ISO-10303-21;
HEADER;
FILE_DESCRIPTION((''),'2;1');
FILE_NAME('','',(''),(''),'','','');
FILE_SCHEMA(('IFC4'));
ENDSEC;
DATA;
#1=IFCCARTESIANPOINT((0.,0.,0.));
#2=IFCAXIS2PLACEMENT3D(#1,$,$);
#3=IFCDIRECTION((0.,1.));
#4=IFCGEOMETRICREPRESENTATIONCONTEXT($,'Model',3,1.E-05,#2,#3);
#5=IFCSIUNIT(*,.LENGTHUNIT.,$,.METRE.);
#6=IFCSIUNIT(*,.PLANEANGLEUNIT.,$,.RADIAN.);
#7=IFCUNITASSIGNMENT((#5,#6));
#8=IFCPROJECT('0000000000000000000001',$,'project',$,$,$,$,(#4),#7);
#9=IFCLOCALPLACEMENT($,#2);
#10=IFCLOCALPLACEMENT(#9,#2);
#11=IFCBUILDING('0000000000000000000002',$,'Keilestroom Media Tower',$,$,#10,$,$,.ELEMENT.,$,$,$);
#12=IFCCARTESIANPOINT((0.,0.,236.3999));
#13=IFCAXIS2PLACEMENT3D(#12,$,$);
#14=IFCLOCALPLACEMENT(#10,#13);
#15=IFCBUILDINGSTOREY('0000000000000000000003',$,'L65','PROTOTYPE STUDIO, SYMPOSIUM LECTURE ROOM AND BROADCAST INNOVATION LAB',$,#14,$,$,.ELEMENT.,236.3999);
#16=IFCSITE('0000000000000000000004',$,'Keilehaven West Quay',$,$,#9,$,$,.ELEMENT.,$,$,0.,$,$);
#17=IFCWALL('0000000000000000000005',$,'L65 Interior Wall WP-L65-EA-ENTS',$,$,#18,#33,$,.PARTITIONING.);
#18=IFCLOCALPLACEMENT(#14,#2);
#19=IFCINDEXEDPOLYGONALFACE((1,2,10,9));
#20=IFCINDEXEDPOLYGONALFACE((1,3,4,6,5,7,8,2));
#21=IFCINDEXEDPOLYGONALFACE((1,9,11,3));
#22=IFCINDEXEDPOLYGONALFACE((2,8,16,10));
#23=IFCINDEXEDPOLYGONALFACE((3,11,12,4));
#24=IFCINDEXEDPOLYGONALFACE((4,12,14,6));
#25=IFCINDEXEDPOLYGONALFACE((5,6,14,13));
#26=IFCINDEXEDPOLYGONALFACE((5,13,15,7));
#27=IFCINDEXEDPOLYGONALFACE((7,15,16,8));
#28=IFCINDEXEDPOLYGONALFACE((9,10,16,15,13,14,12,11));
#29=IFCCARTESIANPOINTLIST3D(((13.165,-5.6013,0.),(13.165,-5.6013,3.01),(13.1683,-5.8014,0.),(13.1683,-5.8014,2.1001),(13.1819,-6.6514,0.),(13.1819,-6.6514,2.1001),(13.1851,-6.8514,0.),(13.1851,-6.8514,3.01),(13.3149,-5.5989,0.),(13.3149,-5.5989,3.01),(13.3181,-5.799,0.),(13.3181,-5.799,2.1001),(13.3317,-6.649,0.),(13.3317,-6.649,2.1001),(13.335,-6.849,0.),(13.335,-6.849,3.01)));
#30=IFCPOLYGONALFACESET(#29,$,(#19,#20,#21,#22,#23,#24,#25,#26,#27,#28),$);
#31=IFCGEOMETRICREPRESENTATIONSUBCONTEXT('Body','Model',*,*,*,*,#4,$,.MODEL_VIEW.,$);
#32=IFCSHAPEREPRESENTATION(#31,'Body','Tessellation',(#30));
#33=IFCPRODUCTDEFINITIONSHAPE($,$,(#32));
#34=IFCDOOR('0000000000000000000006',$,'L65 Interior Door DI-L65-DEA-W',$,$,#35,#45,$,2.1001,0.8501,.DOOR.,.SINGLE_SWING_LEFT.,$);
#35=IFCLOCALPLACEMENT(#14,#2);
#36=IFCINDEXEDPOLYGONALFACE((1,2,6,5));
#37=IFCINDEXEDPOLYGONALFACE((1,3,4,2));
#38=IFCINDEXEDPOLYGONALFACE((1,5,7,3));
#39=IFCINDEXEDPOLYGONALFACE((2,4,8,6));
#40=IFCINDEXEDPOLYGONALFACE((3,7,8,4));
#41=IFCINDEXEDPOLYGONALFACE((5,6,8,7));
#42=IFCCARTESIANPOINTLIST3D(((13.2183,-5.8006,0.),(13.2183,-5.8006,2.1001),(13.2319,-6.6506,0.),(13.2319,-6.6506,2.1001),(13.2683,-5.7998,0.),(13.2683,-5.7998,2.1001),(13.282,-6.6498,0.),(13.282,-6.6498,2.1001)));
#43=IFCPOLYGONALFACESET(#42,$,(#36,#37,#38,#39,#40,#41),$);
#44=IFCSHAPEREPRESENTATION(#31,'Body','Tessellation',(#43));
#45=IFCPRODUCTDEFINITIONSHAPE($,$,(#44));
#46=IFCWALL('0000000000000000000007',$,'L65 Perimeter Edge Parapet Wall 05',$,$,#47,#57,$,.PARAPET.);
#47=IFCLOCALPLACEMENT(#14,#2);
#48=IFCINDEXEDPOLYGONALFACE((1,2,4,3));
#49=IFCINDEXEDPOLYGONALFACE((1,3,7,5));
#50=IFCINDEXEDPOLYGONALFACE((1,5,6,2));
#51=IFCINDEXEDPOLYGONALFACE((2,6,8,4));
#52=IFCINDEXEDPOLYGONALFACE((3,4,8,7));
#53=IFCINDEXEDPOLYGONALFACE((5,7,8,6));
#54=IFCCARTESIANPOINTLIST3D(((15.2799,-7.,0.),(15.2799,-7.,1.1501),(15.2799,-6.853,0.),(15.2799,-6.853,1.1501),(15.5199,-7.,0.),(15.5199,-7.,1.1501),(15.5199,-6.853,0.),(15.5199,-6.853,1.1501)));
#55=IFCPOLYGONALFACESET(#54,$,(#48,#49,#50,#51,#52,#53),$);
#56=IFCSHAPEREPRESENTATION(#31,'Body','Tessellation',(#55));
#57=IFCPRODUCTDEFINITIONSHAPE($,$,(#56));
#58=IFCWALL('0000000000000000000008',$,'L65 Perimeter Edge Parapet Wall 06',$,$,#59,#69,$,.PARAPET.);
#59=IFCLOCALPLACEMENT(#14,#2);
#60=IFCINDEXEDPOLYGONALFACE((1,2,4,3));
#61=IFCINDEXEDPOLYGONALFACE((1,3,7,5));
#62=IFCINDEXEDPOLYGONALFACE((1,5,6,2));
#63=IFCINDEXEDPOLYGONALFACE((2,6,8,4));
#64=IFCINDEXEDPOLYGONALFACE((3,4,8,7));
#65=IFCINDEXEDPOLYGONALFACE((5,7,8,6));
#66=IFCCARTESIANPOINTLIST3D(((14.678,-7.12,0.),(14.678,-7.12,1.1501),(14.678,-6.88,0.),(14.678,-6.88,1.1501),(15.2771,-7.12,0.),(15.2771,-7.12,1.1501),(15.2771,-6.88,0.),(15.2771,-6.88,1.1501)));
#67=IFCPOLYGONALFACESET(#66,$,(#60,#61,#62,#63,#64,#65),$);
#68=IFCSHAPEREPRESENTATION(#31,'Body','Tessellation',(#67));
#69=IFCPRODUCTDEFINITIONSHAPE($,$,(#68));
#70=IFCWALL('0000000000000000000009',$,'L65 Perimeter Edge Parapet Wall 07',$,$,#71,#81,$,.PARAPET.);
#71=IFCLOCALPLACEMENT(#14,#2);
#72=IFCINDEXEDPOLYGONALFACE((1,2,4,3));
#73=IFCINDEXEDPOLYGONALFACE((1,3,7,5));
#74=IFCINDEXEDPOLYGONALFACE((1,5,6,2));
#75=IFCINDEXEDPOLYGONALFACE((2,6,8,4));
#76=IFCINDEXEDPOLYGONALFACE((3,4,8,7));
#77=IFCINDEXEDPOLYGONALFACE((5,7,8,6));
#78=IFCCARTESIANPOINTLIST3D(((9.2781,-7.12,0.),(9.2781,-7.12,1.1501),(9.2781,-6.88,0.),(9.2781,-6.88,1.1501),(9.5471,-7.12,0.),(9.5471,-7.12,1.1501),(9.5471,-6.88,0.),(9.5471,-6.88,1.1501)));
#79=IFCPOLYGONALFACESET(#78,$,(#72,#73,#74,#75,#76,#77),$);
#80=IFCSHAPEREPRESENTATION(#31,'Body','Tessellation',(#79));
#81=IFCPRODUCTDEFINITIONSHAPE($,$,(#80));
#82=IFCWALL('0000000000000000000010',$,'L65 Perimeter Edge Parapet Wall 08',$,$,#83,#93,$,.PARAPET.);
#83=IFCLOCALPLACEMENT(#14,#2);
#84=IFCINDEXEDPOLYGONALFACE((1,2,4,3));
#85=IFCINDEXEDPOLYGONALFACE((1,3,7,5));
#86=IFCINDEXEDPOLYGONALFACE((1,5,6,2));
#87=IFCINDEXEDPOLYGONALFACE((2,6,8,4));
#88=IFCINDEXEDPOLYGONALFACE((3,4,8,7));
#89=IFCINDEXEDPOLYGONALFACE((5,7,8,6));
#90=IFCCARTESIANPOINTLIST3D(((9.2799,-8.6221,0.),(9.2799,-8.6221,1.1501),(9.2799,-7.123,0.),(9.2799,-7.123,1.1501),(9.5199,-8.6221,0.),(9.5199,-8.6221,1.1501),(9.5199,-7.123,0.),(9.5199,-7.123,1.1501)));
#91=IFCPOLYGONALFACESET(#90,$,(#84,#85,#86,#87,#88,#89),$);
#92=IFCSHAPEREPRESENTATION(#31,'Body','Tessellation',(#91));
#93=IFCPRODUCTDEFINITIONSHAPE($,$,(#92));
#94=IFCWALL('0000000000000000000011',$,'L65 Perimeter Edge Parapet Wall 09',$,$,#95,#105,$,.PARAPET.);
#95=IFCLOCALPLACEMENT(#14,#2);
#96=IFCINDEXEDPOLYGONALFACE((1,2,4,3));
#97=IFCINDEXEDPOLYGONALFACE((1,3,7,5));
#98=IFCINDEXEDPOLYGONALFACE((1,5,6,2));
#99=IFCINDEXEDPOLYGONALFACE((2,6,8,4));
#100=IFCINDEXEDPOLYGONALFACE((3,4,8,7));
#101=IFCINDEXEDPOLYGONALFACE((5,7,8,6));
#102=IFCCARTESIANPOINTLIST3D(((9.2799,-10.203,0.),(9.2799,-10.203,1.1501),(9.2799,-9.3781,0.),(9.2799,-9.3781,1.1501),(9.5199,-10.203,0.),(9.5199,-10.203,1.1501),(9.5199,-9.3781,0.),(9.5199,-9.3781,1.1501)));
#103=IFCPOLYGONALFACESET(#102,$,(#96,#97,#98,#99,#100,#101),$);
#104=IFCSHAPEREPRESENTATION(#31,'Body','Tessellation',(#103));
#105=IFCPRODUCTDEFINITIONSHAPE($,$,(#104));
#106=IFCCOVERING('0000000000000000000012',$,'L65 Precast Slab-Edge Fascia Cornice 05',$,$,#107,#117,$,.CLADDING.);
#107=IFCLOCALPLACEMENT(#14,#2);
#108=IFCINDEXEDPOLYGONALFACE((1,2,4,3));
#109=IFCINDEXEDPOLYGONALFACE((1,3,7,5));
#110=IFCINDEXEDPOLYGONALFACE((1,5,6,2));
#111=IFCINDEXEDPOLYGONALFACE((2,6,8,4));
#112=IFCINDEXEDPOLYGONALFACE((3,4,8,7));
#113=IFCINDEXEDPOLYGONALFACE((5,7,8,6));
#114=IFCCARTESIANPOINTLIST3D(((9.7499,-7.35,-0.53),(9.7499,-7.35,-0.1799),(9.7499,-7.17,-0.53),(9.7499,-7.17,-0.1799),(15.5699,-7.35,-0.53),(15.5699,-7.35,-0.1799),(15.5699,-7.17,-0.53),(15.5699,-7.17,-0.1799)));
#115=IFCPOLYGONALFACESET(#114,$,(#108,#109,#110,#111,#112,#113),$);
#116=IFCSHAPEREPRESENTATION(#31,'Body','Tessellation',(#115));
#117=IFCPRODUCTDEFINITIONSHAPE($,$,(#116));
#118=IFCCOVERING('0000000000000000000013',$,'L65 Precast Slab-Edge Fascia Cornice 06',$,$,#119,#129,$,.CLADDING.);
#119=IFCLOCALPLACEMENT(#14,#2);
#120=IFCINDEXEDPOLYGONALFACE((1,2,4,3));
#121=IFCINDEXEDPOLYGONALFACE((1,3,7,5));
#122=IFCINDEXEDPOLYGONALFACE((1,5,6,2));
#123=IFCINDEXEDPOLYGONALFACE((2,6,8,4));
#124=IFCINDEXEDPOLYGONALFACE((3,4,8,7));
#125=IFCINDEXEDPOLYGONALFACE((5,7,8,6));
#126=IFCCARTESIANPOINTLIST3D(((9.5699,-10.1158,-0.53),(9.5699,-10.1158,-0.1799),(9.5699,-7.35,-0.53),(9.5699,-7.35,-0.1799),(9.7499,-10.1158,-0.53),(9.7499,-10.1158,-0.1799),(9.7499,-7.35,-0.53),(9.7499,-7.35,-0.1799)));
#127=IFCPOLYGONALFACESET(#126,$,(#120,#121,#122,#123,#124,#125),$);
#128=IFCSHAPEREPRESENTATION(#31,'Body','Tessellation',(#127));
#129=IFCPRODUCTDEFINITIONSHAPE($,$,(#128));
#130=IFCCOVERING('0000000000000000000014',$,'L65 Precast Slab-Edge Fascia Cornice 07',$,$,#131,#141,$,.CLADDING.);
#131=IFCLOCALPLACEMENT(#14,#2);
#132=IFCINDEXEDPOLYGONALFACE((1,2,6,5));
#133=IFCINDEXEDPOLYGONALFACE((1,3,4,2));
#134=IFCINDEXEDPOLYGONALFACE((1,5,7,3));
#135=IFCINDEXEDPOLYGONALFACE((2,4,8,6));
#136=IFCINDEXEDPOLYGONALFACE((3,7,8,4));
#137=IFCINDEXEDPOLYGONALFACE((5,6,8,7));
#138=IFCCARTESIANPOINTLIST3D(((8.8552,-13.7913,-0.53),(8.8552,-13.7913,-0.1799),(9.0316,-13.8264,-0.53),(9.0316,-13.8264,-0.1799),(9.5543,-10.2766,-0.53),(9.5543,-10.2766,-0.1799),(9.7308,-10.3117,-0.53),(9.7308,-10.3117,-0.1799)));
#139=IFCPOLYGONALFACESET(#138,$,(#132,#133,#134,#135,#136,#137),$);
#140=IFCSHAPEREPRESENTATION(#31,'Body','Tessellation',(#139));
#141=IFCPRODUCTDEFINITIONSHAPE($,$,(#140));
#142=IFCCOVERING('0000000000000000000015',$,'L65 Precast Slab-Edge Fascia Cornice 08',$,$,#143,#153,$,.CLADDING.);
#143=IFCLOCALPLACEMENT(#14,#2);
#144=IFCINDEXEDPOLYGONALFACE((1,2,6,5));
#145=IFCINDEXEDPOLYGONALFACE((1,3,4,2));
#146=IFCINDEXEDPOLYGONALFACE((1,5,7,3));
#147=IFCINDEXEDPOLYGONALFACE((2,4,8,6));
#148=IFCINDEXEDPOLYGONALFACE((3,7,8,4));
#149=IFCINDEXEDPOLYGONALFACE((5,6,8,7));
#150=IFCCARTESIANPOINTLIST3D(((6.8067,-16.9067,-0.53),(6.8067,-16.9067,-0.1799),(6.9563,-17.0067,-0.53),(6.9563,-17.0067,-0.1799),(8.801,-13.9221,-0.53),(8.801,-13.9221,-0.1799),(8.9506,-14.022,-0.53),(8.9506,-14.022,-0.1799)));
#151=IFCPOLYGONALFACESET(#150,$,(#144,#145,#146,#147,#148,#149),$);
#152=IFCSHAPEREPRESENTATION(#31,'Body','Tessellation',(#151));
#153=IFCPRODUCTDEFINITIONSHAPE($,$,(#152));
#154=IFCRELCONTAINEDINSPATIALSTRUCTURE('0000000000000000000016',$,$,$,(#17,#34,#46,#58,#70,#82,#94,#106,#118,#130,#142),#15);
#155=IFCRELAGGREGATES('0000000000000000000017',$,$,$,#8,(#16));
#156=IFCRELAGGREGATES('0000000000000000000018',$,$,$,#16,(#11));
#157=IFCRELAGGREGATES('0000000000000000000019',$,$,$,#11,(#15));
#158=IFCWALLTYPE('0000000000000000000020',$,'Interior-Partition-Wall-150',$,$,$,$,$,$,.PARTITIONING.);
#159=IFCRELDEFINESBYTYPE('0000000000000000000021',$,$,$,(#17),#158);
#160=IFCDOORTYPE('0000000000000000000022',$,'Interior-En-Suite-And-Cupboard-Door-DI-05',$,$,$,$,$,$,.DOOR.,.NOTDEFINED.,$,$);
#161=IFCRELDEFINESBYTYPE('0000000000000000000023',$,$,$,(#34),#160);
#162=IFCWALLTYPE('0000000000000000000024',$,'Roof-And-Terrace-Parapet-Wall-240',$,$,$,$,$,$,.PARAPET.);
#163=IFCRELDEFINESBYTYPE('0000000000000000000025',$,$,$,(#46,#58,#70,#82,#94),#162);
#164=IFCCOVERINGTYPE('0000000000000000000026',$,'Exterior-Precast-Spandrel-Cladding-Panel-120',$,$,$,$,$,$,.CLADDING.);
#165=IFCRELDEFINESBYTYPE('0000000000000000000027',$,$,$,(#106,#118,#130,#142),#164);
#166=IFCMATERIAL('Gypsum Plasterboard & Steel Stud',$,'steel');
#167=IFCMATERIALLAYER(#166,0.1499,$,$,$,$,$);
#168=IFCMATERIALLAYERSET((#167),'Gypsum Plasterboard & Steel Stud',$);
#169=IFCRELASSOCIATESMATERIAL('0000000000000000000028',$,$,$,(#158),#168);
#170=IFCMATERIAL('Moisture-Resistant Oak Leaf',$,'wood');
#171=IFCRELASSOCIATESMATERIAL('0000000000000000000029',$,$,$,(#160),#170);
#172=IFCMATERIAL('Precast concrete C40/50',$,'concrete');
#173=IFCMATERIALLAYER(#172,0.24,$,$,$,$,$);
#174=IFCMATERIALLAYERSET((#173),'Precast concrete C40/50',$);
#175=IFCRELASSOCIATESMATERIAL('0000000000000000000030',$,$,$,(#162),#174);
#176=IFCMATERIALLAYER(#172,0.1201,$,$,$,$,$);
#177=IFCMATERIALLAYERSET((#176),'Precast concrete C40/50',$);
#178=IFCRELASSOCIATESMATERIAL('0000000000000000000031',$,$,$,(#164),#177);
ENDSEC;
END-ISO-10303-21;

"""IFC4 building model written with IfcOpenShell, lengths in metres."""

from ifc_helpers import new_model, si_unit, direction, frame, frame_2d, origin, origin_2d, place, context, subcontext, project, spatial, rectangle, extrude, source, transform, mapped, material, layer, layer_set, type_object, element, fill, save


model = new_model("IFC4")

# Units and contexts
model_context = context("Model", 3, precision=1e-05, world=origin(), true_north=direction((0.0, 1.0)))
body_context = subcontext(model_context, "Body", "Model", "MODEL_VIEW")
ifc_project = project(units=[si_unit("LENGTHUNIT", "METRE"), si_unit("PLANEANGLEUNIT", "RADIAN")], contexts=[model_context])

# Site, building, storey
site_placement = place(None, origin())
site = spatial("IfcSite", under=ifc_project, at=site_placement, Name="Keilehaven West Quay", CompositionType="ELEMENT", RefElevation=0.0)
building_placement = place(site_placement, origin())
building = spatial("IfcBuilding", under=site, at=building_placement, Name="Keilestroom Media Tower", CompositionType="ELEMENT")
storey_placement = place(building_placement, frame((0.0, 0.0, 236.3999)))
storey = spatial("IfcBuildingStorey", under=building, at=storey_placement, Name="L65", Description="PROTOTYPE STUDIO, SYMPOSIUM LECTURE ROOM AND BROADCAST INNOVATION LAB", CompositionType="ELEMENT", Elevation=236.3999)

# Shared definitions
ifc_material_1 = material(Name="Precast concrete C40/50", Category="concrete")

# Shared definitions
ifc_material_2 = material(Name="Gypsum Plasterboard & Steel Stud", Category="steel")

# Shared definitions
ifc_layer_1 = layer(ifc_material_2, 0.1499)
ifc_layer_set_1 = layer_set([ifc_layer_1], Name="Gypsum Plasterboard & Steel Stud")
wall_type_1 = type_object("IfcWallType", Name="Interior-Partition-Wall-150", PredefinedType="PARTITIONING", material=ifc_layer_set_1)

# Wall, opening, door
wall_1_placement = place(storey_placement, frame((13.26, -6.8501, 0.0), z_axis=(0.0, 0.0, 1.0), x_axis=(-0.016014, 0.999872, 0.0)))
wall_1 = element("IfcWall", 1, at=wall_1_placement, inside=storey, type_object=wall_type_1, Name="L65 Interior Wall WP-L65-EA-ENTS", PredefinedType="PARTITIONING", context=body_context, shape_type="SweptSolid", body=[
    extrude(rectangle(XDim=1.2502, YDim=0.1499, at=frame_2d((0.625, 0.0))), origin(), (0.0, 0.0, 1.0), 3.01),
])
opening_1_placement = place(wall_1_placement, frame((0.2, 0.0, 0.0)))
opening_1 = element("IfcOpeningElement", 2, at=opening_1_placement, cuts=wall_1, PredefinedType="OPENING", context=body_context, shape_type="SweptSolid", body=[
    extrude(rectangle(XDim=0.8501, YDim=2.1001, at=frame_2d((0.425, 1.05))), frame((0.0, 0.085, 0.0), z_axis=(0.0, -1.0, 0.0), x_axis=(1.0, 0.0, 0.0)), (0.0, 0.0, 1.0), 0.1699),
])
ifc_material_3 = material(Name="Moisture-Resistant Oak Leaf", Category="wood")
door_type_1 = type_object("IfcDoorType", Name="Interior-En-Suite-And-Cupboard-Door-DI-05", OperationType="NOTDEFINED", PredefinedType="DOOR", material=ifc_material_3)
shared_shape_1 = source(origin(), body_context, "Body", "SweptSolid", [
    extrude(rectangle(XDim=0.8501, YDim=2.1001, at=frame_2d((0.425, 1.05))), frame((0.0, 0.0249, 0.0), z_axis=(0.0, -1.0, 0.0), x_axis=(1.0, 0.0, 0.0)), (0.0, 0.0, 1.0), 0.05),
])
door_1_placement = place(opening_1_placement, origin())
door_1 = element("IfcDoor", 3, at=door_1_placement, inside=storey, type_object=door_type_1, Name="L65 Interior Door DI-L65-DEA-W", OperationType="SINGLE_SWING_LEFT", OverallHeight=2.1001, OverallWidth=0.8501, PredefinedType="DOOR", context=body_context, shape_type="MappedRepresentation", body=[
    mapped(shared_shape_1, transform((0.0, 0.0, 0.0), x_axis=(1.0, 0.0, 0.0), y_axis=(0.0, 1.0, 0.0), z_axis=(0.0, 0.0, 1.0), scale=1.0)),
])
fill(opening_1, door_1)

# Walls
ifc_layer_2 = layer(ifc_material_1, 0.24)
ifc_layer_set_2 = layer_set([ifc_layer_2], Name="Precast concrete C40/50")
wall_type_2 = type_object("IfcWallType", Name="Roof-And-Terrace-Parapet-Wall-240", PredefinedType="PARAPET", material=ifc_layer_set_2)
wall_2_placement = place(storey_placement, frame((15.3999, -6.853, 0.0), z_axis=(0.0, 0.0, 1.0), x_axis=(0.0, -1.0, 0.0)))
element("IfcWall", 4, at=wall_2_placement, inside=storey, type_object=wall_type_2, Name="L65 Perimeter Edge Parapet Wall 05", PredefinedType="PARAPET", context=body_context, shape_type="SweptSolid", body=[
    extrude(rectangle(XDim=0.147, YDim=0.24, at=frame_2d((0.0735, 0.0))), origin(), (0.0, 0.0, 1.0), 1.1501),
])
wall_3_placement = place(storey_placement, frame((15.2771, -7.0, 0.0), z_axis=(0.0, 0.0, 1.0), x_axis=(-1.0, 0.0, 0.0)))
element("IfcWall", 5, at=wall_3_placement, inside=storey, type_object=wall_type_2, Name="L65 Perimeter Edge Parapet Wall 06", PredefinedType="PARAPET", context=body_context, shape_type="SweptSolid", body=[
    extrude(rectangle(XDim=0.5991, YDim=0.24, at=frame_2d((0.2996, 0.0))), origin(), (0.0, 0.0, 1.0), 1.1501),
])
wall_4_placement = place(storey_placement, frame((9.5471, -7.0, 0.0), z_axis=(0.0, 0.0, 1.0), x_axis=(-1.0, 0.0, 0.0)))
element("IfcWall", 6, at=wall_4_placement, inside=storey, type_object=wall_type_2, Name="L65 Perimeter Edge Parapet Wall 07", PredefinedType="PARAPET", context=body_context, shape_type="SweptSolid", body=[
    extrude(rectangle(XDim=0.269, YDim=0.24, at=frame_2d((0.1345, 0.0))), origin(), (0.0, 0.0, 1.0), 1.1501),
])
wall_5_placement = place(storey_placement, frame((9.3999, -7.123, 0.0), z_axis=(0.0, 0.0, 1.0), x_axis=(0.0, -1.0, 0.0)))
element("IfcWall", 7, at=wall_5_placement, inside=storey, type_object=wall_type_2, Name="L65 Perimeter Edge Parapet Wall 08", PredefinedType="PARAPET", context=body_context, shape_type="SweptSolid", body=[
    extrude(rectangle(XDim=1.499, YDim=0.24, at=frame_2d((0.7495, 0.0))), origin(), (0.0, 0.0, 1.0), 1.1501),
])
wall_6_placement = place(storey_placement, frame((9.3999, -9.3779, 0.0), z_axis=(0.0, 0.0, 1.0), x_axis=(0.0, -1.0, 0.0)))
element("IfcWall", 8, at=wall_6_placement, inside=storey, type_object=wall_type_2, Name="L65 Perimeter Edge Parapet Wall 09", PredefinedType="PARAPET", context=body_context, shape_type="SweptSolid", body=[
    extrude(rectangle(XDim=0.825, YDim=0.24, at=frame_2d((0.4126, 0.0))), origin(), (0.0, 0.0, 1.0), 1.1501),
])

# Coverings
ifc_layer_3 = layer(ifc_material_1, 0.1201)
ifc_layer_set_3 = layer_set([ifc_layer_3], Name="Precast concrete C40/50")
covering_type = type_object("IfcCoveringType", Name="Exterior-Precast-Spandrel-Cladding-Panel-120", PredefinedType="CLADDING", material=ifc_layer_set_3)
shared_shape_2 = source(origin(), body_context, "Body", "SweptSolid", [
    extrude(rectangle(XDim=5.8201, YDim=0.1799, at=origin_2d()), origin(), (0.0, 0.0, 1.0), 0.3501),
])
covering_1_placement = place(storey_placement, frame((12.6599, -7.26, -0.53), z_axis=(0.0, 0.0, 1.0), x_axis=(-1.0, 0.0, 0.0)))
element("IfcCovering", 9, at=covering_1_placement, inside=storey, type_object=covering_type, Name="L65 Precast Slab-Edge Fascia Cornice 05", PredefinedType="CLADDING", context=body_context, shape_type="MappedRepresentation", body=[
    mapped(shared_shape_2, transform((0.0, 0.0, 0.0), x_axis=(1.0, 0.0, 0.0), y_axis=(0.0, 1.0, 0.0), z_axis=(0.0, 0.0, 1.0), scale=1.0)),
])
shared_shape_3 = source(origin(), body_context, "Body", "SweptSolid", [
    extrude(rectangle(XDim=2.7659, YDim=0.1799, at=origin_2d()), origin(), (0.0, 0.0, 1.0), 0.3501),
])
covering_2_placement = place(storey_placement, frame((9.6599, -8.7329, -0.53), z_axis=(0.0, 0.0, 1.0), x_axis=(0.0, -1.0, 0.0)))
element("IfcCovering", 10, at=covering_2_placement, inside=storey, type_object=covering_type, Name="L65 Precast Slab-Edge Fascia Cornice 06", PredefinedType="CLADDING", context=body_context, shape_type="MappedRepresentation", body=[
    mapped(shared_shape_3, transform((0.0, 0.0, 0.0), x_axis=(1.0, 0.0, 0.0), y_axis=(0.0, 1.0, 0.0), z_axis=(0.0, 0.0, 1.0), scale=1.0)),
])
shared_shape_4 = source(origin(), body_context, "Body", "SweptSolid", [
    extrude(rectangle(XDim=3.5835, YDim=0.1799, at=origin_2d()), origin(), (0.0, 0.0, 1.0), 0.3501),
])
covering_3_placement = place(storey_placement, frame((9.293, -12.0515, -0.53), z_axis=(0.0, 0.0, 1.0), x_axis=(-0.195099, -0.980784, 0.0)))
element("IfcCovering", 11, at=covering_3_placement, inside=storey, type_object=covering_type, Name="L65 Precast Slab-Edge Fascia Cornice 07", PredefinedType="CLADDING", context=body_context, shape_type="MappedRepresentation", body=[
    mapped(shared_shape_4, transform((0.0, 0.0, 0.0), x_axis=(1.0, 0.0, 0.0), y_axis=(0.0, 1.0, 0.0), z_axis=(0.0, 0.0, 1.0), scale=1.0)),
])
shared_shape_5 = source(origin(), body_context, "Body", "SweptSolid", [
    extrude(rectangle(XDim=3.5896, YDim=0.1799, at=origin_2d()), origin(), (0.0, 0.0, 1.0), 0.3501),
])
covering_4_placement = place(storey_placement, frame((7.8787, -15.4644, -0.53), z_axis=(0.0, 0.0, 1.0), x_axis=(-0.555575, -0.831467, 0.0)))
element("IfcCovering", 12, at=covering_4_placement, inside=storey, type_object=covering_type, Name="L65 Precast Slab-Edge Fascia Cornice 08", PredefinedType="CLADDING", context=body_context, shape_type="MappedRepresentation", body=[
    mapped(shared_shape_5, transform((0.0, 0.0, 0.0), x_axis=(1.0, 0.0, 0.0), y_axis=(0.0, 1.0, 0.0), z_axis=(0.0, 0.0, 1.0), scale=1.0)),
])

save(model, "model.ifc")
